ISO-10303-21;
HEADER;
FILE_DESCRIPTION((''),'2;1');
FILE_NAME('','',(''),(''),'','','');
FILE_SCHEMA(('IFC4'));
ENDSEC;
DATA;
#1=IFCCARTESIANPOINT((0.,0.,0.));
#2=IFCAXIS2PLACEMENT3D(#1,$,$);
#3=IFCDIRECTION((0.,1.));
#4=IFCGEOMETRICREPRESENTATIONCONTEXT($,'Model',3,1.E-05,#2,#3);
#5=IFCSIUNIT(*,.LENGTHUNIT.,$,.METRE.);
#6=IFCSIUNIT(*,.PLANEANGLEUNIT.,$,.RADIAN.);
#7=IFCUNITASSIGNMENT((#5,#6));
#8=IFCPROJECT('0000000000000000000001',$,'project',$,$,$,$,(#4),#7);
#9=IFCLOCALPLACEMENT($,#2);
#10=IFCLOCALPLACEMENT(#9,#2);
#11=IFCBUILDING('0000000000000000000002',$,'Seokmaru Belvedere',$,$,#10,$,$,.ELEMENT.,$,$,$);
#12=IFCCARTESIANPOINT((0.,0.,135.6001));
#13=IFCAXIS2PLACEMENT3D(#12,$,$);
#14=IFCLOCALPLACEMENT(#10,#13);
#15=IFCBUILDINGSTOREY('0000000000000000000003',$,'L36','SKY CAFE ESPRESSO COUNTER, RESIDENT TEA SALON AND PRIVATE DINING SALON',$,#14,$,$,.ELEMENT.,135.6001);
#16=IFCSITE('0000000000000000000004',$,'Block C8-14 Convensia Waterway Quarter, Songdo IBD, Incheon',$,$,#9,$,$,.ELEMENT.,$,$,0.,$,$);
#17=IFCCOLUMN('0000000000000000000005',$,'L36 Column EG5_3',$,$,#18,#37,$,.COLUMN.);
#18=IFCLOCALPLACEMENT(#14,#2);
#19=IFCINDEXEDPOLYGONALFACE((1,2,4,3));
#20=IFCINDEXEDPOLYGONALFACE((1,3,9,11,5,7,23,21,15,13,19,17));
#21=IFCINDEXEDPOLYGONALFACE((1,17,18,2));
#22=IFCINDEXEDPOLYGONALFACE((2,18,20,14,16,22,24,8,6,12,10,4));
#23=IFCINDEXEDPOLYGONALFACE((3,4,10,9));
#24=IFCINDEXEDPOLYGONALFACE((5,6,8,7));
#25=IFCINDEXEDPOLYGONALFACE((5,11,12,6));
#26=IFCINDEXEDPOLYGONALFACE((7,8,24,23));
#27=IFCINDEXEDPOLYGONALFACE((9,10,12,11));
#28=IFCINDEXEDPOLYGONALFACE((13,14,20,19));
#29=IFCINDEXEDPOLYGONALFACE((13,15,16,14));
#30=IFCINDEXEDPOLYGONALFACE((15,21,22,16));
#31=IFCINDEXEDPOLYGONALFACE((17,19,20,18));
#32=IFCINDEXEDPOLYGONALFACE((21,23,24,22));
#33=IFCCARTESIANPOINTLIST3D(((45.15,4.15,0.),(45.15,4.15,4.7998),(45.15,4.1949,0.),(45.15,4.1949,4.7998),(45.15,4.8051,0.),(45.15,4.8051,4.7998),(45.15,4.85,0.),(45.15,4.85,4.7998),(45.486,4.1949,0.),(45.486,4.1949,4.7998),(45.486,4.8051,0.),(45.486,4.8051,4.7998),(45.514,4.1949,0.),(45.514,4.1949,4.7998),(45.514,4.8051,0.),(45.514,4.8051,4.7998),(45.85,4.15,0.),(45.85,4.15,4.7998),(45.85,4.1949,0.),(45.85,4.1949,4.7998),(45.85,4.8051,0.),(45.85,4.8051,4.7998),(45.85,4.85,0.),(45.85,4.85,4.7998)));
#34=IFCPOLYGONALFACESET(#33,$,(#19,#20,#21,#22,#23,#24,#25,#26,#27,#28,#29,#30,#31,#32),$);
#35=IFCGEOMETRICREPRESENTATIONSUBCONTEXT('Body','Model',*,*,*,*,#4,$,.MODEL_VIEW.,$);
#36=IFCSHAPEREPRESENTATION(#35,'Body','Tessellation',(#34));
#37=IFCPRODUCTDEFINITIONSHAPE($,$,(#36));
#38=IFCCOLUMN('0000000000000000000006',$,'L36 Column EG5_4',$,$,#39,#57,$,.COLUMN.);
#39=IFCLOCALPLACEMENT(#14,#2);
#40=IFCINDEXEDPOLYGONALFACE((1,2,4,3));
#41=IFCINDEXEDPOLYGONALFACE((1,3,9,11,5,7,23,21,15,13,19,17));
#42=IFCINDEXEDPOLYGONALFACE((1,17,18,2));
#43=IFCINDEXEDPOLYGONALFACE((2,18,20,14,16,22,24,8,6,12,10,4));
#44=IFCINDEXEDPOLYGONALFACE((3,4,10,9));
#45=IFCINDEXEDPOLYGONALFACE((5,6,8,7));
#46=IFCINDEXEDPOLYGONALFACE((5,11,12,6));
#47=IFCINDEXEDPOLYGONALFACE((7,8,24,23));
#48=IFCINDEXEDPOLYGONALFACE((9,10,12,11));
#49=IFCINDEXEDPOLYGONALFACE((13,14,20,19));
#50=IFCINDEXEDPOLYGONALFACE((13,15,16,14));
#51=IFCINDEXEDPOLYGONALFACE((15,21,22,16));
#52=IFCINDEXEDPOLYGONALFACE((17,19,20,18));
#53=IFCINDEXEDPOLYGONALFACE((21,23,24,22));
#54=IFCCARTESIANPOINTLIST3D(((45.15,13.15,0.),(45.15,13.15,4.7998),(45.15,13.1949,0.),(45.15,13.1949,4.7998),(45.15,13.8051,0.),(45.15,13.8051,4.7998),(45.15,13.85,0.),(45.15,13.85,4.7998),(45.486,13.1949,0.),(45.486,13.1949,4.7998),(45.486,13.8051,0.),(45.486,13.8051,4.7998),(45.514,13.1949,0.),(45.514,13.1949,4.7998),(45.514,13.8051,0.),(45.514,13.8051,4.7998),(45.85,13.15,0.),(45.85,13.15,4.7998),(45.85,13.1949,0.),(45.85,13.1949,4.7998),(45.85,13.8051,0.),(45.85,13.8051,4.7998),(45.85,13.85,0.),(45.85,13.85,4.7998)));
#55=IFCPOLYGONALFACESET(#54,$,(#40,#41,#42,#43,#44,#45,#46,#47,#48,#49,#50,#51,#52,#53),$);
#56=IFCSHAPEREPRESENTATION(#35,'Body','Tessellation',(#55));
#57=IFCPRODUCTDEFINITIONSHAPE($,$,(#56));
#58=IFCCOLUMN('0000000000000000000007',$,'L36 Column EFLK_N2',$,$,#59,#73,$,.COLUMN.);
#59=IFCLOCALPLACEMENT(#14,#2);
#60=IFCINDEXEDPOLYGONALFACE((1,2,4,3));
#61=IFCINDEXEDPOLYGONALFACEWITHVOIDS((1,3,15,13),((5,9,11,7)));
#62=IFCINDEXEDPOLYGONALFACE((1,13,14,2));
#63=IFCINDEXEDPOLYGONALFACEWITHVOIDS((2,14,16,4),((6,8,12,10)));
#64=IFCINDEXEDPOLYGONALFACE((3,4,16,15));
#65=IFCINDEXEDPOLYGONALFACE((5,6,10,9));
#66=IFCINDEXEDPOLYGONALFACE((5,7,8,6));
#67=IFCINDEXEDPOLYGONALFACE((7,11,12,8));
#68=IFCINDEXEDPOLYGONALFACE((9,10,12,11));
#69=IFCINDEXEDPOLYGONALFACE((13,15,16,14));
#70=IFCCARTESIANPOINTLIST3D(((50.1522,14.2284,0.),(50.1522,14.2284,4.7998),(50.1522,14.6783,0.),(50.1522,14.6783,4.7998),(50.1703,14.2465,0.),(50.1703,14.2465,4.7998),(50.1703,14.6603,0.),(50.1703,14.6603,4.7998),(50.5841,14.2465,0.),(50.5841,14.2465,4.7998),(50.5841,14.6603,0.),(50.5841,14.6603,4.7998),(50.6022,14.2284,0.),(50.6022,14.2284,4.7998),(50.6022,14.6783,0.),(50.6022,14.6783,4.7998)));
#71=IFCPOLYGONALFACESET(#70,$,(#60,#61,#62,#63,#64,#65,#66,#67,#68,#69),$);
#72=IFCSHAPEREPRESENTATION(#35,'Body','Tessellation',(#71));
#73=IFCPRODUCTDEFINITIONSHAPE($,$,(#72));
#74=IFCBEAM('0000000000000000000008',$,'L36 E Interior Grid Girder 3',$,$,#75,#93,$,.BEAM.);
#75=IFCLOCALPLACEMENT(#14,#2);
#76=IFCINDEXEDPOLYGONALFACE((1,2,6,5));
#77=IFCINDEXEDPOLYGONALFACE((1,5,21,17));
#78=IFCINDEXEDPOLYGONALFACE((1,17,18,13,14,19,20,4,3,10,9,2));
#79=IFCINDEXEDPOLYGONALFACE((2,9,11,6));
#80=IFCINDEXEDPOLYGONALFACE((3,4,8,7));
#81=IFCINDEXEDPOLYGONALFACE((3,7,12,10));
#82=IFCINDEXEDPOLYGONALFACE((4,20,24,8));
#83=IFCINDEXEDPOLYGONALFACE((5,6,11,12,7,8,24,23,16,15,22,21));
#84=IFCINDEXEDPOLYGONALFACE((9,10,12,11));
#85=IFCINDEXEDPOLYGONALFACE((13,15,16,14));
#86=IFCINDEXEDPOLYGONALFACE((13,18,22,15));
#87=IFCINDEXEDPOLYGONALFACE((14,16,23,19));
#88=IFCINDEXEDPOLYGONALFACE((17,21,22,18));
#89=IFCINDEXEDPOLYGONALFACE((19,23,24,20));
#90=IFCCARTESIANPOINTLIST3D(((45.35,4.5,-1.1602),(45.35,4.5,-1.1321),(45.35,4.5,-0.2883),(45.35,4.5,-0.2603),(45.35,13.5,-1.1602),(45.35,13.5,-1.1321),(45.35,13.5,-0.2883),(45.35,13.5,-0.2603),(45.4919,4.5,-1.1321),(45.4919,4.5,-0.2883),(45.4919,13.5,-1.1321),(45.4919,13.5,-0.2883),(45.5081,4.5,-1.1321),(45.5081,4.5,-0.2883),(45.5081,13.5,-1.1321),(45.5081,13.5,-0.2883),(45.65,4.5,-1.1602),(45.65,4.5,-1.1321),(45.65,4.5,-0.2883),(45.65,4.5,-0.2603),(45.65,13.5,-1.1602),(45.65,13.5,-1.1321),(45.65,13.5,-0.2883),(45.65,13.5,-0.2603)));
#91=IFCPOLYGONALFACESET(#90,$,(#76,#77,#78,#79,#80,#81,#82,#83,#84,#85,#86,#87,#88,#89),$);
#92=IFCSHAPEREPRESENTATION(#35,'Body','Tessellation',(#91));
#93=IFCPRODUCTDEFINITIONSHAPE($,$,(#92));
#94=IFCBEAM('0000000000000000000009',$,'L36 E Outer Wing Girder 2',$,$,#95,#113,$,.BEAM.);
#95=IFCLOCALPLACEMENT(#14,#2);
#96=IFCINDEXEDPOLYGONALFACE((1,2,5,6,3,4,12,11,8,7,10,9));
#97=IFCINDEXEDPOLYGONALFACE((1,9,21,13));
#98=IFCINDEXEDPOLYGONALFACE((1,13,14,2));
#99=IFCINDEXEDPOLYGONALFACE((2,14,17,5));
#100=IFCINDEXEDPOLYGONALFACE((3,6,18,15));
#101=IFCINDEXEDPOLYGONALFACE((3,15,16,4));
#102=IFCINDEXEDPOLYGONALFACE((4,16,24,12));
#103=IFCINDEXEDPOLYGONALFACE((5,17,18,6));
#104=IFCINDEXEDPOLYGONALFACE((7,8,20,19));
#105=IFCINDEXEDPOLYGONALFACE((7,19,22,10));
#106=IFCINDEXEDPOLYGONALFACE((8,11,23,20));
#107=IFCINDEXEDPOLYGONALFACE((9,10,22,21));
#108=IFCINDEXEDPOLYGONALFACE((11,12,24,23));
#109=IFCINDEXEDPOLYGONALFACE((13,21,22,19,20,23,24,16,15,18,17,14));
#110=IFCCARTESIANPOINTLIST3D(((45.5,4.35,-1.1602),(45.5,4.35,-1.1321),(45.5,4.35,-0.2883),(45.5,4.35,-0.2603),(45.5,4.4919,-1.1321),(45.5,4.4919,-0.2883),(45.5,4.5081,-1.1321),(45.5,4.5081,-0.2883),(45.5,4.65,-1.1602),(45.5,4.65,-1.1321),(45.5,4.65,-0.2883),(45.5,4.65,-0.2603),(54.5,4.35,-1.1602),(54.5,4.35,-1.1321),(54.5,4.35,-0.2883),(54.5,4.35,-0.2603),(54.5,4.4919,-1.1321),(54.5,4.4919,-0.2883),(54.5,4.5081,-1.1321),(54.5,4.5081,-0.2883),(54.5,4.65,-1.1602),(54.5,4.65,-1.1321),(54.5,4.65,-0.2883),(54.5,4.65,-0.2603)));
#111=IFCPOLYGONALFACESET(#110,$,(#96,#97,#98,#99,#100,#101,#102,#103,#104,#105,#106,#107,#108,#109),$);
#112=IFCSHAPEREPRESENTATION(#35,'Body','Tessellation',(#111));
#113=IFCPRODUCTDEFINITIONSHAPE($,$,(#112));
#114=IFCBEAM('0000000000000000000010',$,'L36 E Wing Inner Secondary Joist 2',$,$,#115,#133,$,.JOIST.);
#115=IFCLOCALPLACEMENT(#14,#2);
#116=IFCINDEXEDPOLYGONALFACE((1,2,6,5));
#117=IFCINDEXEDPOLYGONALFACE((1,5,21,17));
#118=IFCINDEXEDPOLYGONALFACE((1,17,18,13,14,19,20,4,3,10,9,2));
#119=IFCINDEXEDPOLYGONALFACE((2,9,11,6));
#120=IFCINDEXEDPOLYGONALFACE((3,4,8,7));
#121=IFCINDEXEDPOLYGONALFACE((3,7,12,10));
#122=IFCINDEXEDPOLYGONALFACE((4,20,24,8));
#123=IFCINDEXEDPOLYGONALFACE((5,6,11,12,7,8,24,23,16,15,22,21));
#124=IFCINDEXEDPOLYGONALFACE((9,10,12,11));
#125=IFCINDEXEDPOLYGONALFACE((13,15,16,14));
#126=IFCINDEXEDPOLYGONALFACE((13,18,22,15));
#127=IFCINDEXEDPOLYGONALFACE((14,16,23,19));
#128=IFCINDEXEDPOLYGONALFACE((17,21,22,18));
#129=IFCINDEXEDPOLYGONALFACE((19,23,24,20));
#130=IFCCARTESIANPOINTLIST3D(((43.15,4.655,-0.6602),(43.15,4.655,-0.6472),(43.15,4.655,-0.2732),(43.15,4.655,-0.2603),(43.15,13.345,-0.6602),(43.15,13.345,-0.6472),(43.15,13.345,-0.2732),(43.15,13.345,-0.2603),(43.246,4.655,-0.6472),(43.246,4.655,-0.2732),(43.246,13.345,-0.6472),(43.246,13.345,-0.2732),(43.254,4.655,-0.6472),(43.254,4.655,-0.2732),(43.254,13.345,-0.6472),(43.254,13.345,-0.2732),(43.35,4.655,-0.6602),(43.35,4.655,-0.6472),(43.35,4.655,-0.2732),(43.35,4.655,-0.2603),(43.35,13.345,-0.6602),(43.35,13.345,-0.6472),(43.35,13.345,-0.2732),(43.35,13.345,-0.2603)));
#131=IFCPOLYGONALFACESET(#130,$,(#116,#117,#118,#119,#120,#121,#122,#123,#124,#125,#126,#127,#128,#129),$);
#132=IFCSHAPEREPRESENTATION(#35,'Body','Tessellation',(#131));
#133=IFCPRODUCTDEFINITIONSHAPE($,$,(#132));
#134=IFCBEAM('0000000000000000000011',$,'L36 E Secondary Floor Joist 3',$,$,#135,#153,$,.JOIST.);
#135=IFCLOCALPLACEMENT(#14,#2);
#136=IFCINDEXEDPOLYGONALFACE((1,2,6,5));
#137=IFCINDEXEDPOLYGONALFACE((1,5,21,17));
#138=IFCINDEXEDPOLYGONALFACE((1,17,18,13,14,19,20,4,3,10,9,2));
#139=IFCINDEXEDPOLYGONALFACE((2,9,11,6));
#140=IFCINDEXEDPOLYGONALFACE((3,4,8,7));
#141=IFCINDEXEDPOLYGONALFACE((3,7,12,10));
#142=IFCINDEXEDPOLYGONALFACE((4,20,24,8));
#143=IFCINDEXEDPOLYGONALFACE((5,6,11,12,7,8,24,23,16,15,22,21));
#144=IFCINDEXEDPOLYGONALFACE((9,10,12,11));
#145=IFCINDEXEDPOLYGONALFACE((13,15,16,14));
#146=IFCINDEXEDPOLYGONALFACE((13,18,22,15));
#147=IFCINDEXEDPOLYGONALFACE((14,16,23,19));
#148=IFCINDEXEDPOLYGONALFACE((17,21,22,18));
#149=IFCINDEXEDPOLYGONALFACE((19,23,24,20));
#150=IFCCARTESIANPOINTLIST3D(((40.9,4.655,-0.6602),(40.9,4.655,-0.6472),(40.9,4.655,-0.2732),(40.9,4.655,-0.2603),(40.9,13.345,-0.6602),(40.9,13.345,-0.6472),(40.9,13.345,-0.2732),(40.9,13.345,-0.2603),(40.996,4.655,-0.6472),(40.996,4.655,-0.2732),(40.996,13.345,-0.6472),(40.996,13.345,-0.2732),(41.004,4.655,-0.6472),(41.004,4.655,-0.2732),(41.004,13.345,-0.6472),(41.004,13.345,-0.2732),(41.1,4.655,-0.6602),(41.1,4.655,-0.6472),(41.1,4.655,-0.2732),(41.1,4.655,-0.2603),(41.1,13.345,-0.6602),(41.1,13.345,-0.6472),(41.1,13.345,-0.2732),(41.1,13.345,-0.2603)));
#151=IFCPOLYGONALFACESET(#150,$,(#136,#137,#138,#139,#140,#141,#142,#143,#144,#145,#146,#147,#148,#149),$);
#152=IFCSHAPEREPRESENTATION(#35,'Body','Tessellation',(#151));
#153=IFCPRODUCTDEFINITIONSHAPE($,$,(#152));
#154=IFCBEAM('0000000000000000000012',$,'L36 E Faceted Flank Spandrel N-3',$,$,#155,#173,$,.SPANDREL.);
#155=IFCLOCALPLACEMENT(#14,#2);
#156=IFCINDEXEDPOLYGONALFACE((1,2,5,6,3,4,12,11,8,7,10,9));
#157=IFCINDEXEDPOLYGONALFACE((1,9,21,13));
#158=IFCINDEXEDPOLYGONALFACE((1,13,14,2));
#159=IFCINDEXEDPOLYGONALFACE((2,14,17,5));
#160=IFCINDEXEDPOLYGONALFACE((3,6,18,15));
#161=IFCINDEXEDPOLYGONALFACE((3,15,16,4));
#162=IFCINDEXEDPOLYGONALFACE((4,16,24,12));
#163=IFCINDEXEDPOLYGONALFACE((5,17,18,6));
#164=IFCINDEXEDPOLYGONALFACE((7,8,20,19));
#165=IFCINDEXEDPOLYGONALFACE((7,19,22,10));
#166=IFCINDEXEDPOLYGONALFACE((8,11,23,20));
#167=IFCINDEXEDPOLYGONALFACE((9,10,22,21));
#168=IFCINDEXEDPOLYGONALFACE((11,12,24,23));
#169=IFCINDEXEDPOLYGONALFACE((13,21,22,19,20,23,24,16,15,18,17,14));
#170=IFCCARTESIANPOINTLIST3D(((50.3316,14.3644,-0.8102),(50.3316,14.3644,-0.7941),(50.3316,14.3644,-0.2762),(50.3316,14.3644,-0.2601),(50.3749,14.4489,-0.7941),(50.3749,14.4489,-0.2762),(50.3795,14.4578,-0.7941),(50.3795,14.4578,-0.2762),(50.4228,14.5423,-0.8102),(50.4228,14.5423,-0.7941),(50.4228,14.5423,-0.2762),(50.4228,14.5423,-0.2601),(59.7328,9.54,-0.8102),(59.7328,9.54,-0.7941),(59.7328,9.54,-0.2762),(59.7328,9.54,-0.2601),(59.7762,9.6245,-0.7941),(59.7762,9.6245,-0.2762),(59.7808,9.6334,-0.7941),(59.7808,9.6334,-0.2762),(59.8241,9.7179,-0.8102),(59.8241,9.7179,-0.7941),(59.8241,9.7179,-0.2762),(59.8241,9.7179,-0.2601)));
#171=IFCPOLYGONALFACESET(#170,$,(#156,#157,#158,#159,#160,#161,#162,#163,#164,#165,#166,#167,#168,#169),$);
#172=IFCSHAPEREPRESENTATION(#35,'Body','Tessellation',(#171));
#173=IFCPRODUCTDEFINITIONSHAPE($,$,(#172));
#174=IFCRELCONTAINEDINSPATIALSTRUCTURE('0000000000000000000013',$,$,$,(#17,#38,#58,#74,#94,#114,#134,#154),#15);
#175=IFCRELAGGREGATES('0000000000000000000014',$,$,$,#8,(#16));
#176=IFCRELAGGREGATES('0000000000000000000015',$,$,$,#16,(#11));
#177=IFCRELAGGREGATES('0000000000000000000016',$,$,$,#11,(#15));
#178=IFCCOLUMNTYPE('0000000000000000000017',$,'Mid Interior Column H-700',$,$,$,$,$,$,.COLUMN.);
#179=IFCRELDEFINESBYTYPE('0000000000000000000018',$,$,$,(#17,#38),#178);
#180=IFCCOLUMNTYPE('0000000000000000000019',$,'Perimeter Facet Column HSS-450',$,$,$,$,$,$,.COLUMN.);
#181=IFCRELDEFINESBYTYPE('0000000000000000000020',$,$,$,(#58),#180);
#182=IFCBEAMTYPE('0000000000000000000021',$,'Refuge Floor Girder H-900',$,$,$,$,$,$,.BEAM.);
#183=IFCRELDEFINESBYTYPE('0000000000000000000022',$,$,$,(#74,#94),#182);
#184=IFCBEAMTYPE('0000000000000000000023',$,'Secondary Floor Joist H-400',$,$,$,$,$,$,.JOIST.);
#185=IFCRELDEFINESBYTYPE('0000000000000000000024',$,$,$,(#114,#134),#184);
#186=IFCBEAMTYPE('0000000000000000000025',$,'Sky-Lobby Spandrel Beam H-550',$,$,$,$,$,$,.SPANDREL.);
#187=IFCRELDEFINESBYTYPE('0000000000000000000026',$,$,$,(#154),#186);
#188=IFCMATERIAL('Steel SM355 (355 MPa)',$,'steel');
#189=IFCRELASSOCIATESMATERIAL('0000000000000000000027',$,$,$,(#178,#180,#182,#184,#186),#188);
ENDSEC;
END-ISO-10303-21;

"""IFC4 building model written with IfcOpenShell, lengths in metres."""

from ifc_helpers import new_model, si_unit, direction, frame, origin, origin_2d, place, context, subcontext, project, spatial, hollow_rectangle, i_section, extrude, source, transform, mapped, material, material_profile, profile_set, type_object, type_shapes, element, save


model = new_model("IFC4")

# Units and contexts
model_context = context("Model", 3, precision=1e-05, world=origin(), true_north=direction((0.0, 1.0)))
body_context = subcontext(model_context, "Body", "Model", "MODEL_VIEW")
ifc_project = project(units=[si_unit("LENGTHUNIT", "METRE"), si_unit("PLANEANGLEUNIT", "RADIAN")], contexts=[model_context])

# Site, building, storey
site_placement = place(None, origin())
site = spatial("IfcSite", under=ifc_project, at=site_placement, Name="Block C8-14 Convensia Waterway Quarter, Songdo IBD, Incheon", CompositionType="ELEMENT", RefElevation=0.0)
building_placement = place(site_placement, origin())
building = spatial("IfcBuilding", under=site, at=building_placement, Name="Seokmaru Belvedere", CompositionType="ELEMENT")
storey_placement = place(building_placement, frame((0.0, 0.0, 135.6001)))
storey = spatial("IfcBuildingStorey", under=building, at=storey_placement, Name="L36", Description="SKY CAFE ESPRESSO COUNTER, RESIDENT TEA SALON AND PRIVATE DINING SALON", CompositionType="ELEMENT", Elevation=135.6001)

# Columns
ifc_material_1 = material(Name="Steel SM355 (355 MPa)", Category="steel")
ifc_material_profile_1 = material_profile(ifc_material_1, i_section(OverallWidth=0.7, OverallDepth=0.7, WebThickness=0.0281, FlangeThickness=0.0449, at=origin_2d()), Name="H-700x700x28x45")
ifc_profile_set_1 = profile_set([ifc_material_profile_1], Name="Steel SM355 (355 MPa)")
column_type_1 = type_object("IfcColumnType", Name="Mid Interior Column H-700", PredefinedType="COLUMN", material=ifc_profile_set_1)
shared_shape_1 = source(origin(), body_context, "Body", "SweptSolid", [
    extrude(i_section(OverallWidth=0.7, OverallDepth=0.7, WebThickness=0.0281, FlangeThickness=0.0449, at=origin_2d()), origin(), (0.0, 0.0, 1.0), 4.7998),
])
type_shapes(column_type_1, [shared_shape_1])
for number, where, z_axis, x_axis, name in (
    (1, (45.5, 4.5, 0.0), (0.0, 0.0, 1.0), (1.0, 0.0, 0.0), "L36 Column EG5_3"),
    (2, (45.5, 13.5, 0.0), (0.0, 0.0, 1.0), (1.0, 0.0, 0.0), "L36 Column EG5_4"),
):
    element("IfcColumn", number, at=place(storey_placement, frame(where, z_axis=z_axis, x_axis=x_axis)), inside=storey, type_object=column_type_1, Name=name, PredefinedType="COLUMN", context=body_context, shape_type="MappedRepresentation", body=[
        mapped(shared_shape_1, transform((0.0, 0.0, 0.0), scale=1.0)),
    ])
ifc_material_profile_2 = material_profile(ifc_material_1, hollow_rectangle(XDim=0.45, YDim=0.45, WallThickness=0.0181, at=origin_2d()), Name="HSS-450x450x18")
ifc_profile_set_2 = profile_set([ifc_material_profile_2], Name="Steel SM355 (355 MPa)")
column_type_2 = type_object("IfcColumnType", Name="Perimeter Facet Column HSS-450", PredefinedType="COLUMN", material=ifc_profile_set_2)
shared_shape_2 = source(origin(), body_context, "Body", "SweptSolid", [
    extrude(hollow_rectangle(XDim=0.45, YDim=0.45, WallThickness=0.0181, at=origin_2d()), origin(), (0.0, 0.0, 1.0), 4.7998),
])
type_shapes(column_type_2, [shared_shape_2])
column_placement = place(storey_placement, frame((50.3772, 14.4534, 0.0), z_axis=(0.0, 0.0, 1.0), x_axis=(1.0, 0.0, 0.0)))
element("IfcColumn", 3, at=column_placement, inside=storey, type_object=column_type_2, Name="L36 Column EFLK_N2", PredefinedType="COLUMN", context=body_context, shape_type="MappedRepresentation", body=[
    mapped(shared_shape_2, transform((0.0, 0.0, 0.0), scale=1.0)),
])

# Beams
ifc_material_profile_3 = material_profile(ifc_material_1, i_section(OverallWidth=0.3, OverallDepth=0.8999, WebThickness=0.0161, FlangeThickness=0.0281, at=origin_2d()), Name="H-900x300x16x28")
ifc_profile_set_3 = profile_set([ifc_material_profile_3], Name="Steel SM355 (355 MPa)")
beam_type_1 = type_object("IfcBeamType", Name="Refuge Floor Girder H-900", PredefinedType="BEAM", material=ifc_profile_set_3)
shared_shape_3 = source(origin(), body_context, "Body", "SweptSolid", [
    extrude(i_section(OverallWidth=0.3, OverallDepth=0.8999, WebThickness=0.0161, FlangeThickness=0.0281, at=origin_2d()), origin(), (0.0, 0.0, 1.0), 9.0),
])
type_shapes(beam_type_1, [shared_shape_3])
for number, where, z_axis, x_axis, name in (
    (4, (45.5, 4.5, -0.7102), (0.0, 1.0, 0.0), (-1.0, 0.0, 0.0), "L36 E Interior Grid Girder 3"),
    (5, (45.5, 4.5, -0.7102), (1.0, 0.0, 0.0), (0.0, 1.0, 0.0), "L36 E Outer Wing Girder 2"),
):
    element("IfcBeam", number, at=place(storey_placement, frame(where, z_axis=z_axis, x_axis=x_axis)), inside=storey, type_object=beam_type_1, Name=name, PredefinedType="BEAM", context=body_context, shape_type="MappedRepresentation", body=[
        mapped(shared_shape_3, transform((0.0, 0.0, 0.0), scale=1.0)),
    ])
ifc_material_profile_4 = material_profile(ifc_material_1, i_section(OverallWidth=0.2, OverallDepth=0.3999, WebThickness=0.0081, FlangeThickness=0.0129, at=origin_2d()), Name="H-400x200x8x13")
ifc_profile_set_4 = profile_set([ifc_material_profile_4], Name="Steel SM355 (355 MPa)")
beam_type_2 = type_object("IfcBeamType", Name="Secondary Floor Joist H-400", PredefinedType="JOIST", material=ifc_profile_set_4)
shared_shape_4 = source(origin(), body_context, "Body", "SweptSolid", [
    extrude(i_section(OverallWidth=0.2, OverallDepth=0.3999, WebThickness=0.0081, FlangeThickness=0.0129, at=origin_2d()), origin(), (0.0, 0.0, 1.0), 8.6899),
])
type_shapes(beam_type_2, [shared_shape_4])
for number, where, z_axis, x_axis, name in (
    (6, (43.25, 4.655, -0.4602), (0.0, 1.0, 0.0), (-1.0, 0.0, 0.0), "L36 E Wing Inner Secondary Joist 2"),
    (7, (41.0, 4.655, -0.4602), (0.0, 1.0, 0.0), (-1.0, 0.0, 0.0), "L36 E Secondary Floor Joist 3"),
):
    element("IfcBeam", number, at=place(storey_placement, frame(where, z_axis=z_axis, x_axis=x_axis)), inside=storey, type_object=beam_type_2, Name=name, PredefinedType="JOIST", context=body_context, shape_type="MappedRepresentation", body=[
        mapped(shared_shape_4, transform((0.0, 0.0, 0.0), scale=1.0)),
    ])
ifc_material_profile_5 = material_profile(ifc_material_1, i_section(OverallWidth=0.2, OverallDepth=0.55, WebThickness=0.01, FlangeThickness=0.0161, at=origin_2d()), Name="H-550x200x10x16")
ifc_profile_set_5 = profile_set([ifc_material_profile_5], Name="Steel SM355 (355 MPa)")
beam_type_3 = type_object("IfcBeamType", Name="Sky-Lobby Spandrel Beam H-550", PredefinedType="SPANDREL", material=ifc_profile_set_5)
shared_shape_5 = source(origin(), body_context, "Body", "SweptSolid", [
    extrude(i_section(OverallWidth=0.2, OverallDepth=0.55, WebThickness=0.01, FlangeThickness=0.0161, at=origin_2d()), origin(), (0.0, 0.0, 1.0), 10.5669),
])
type_shapes(beam_type_3, [shared_shape_5])
beam_placement = place(storey_placement, frame((50.3772, 14.4534, -0.5352), z_axis=(0.889693, -0.45656, 0.0), x_axis=(0.45656, 0.889693, 0.0)))
element("IfcBeam", 8, at=beam_placement, inside=storey, type_object=beam_type_3, Name="L36 E Faceted Flank Spandrel N-3", PredefinedType="SPANDREL", context=body_context, shape_type="MappedRepresentation", body=[
    mapped(shared_shape_5, transform((0.0, 0.0, 0.0), scale=1.0)),
])

save(model, "model.ifc")
